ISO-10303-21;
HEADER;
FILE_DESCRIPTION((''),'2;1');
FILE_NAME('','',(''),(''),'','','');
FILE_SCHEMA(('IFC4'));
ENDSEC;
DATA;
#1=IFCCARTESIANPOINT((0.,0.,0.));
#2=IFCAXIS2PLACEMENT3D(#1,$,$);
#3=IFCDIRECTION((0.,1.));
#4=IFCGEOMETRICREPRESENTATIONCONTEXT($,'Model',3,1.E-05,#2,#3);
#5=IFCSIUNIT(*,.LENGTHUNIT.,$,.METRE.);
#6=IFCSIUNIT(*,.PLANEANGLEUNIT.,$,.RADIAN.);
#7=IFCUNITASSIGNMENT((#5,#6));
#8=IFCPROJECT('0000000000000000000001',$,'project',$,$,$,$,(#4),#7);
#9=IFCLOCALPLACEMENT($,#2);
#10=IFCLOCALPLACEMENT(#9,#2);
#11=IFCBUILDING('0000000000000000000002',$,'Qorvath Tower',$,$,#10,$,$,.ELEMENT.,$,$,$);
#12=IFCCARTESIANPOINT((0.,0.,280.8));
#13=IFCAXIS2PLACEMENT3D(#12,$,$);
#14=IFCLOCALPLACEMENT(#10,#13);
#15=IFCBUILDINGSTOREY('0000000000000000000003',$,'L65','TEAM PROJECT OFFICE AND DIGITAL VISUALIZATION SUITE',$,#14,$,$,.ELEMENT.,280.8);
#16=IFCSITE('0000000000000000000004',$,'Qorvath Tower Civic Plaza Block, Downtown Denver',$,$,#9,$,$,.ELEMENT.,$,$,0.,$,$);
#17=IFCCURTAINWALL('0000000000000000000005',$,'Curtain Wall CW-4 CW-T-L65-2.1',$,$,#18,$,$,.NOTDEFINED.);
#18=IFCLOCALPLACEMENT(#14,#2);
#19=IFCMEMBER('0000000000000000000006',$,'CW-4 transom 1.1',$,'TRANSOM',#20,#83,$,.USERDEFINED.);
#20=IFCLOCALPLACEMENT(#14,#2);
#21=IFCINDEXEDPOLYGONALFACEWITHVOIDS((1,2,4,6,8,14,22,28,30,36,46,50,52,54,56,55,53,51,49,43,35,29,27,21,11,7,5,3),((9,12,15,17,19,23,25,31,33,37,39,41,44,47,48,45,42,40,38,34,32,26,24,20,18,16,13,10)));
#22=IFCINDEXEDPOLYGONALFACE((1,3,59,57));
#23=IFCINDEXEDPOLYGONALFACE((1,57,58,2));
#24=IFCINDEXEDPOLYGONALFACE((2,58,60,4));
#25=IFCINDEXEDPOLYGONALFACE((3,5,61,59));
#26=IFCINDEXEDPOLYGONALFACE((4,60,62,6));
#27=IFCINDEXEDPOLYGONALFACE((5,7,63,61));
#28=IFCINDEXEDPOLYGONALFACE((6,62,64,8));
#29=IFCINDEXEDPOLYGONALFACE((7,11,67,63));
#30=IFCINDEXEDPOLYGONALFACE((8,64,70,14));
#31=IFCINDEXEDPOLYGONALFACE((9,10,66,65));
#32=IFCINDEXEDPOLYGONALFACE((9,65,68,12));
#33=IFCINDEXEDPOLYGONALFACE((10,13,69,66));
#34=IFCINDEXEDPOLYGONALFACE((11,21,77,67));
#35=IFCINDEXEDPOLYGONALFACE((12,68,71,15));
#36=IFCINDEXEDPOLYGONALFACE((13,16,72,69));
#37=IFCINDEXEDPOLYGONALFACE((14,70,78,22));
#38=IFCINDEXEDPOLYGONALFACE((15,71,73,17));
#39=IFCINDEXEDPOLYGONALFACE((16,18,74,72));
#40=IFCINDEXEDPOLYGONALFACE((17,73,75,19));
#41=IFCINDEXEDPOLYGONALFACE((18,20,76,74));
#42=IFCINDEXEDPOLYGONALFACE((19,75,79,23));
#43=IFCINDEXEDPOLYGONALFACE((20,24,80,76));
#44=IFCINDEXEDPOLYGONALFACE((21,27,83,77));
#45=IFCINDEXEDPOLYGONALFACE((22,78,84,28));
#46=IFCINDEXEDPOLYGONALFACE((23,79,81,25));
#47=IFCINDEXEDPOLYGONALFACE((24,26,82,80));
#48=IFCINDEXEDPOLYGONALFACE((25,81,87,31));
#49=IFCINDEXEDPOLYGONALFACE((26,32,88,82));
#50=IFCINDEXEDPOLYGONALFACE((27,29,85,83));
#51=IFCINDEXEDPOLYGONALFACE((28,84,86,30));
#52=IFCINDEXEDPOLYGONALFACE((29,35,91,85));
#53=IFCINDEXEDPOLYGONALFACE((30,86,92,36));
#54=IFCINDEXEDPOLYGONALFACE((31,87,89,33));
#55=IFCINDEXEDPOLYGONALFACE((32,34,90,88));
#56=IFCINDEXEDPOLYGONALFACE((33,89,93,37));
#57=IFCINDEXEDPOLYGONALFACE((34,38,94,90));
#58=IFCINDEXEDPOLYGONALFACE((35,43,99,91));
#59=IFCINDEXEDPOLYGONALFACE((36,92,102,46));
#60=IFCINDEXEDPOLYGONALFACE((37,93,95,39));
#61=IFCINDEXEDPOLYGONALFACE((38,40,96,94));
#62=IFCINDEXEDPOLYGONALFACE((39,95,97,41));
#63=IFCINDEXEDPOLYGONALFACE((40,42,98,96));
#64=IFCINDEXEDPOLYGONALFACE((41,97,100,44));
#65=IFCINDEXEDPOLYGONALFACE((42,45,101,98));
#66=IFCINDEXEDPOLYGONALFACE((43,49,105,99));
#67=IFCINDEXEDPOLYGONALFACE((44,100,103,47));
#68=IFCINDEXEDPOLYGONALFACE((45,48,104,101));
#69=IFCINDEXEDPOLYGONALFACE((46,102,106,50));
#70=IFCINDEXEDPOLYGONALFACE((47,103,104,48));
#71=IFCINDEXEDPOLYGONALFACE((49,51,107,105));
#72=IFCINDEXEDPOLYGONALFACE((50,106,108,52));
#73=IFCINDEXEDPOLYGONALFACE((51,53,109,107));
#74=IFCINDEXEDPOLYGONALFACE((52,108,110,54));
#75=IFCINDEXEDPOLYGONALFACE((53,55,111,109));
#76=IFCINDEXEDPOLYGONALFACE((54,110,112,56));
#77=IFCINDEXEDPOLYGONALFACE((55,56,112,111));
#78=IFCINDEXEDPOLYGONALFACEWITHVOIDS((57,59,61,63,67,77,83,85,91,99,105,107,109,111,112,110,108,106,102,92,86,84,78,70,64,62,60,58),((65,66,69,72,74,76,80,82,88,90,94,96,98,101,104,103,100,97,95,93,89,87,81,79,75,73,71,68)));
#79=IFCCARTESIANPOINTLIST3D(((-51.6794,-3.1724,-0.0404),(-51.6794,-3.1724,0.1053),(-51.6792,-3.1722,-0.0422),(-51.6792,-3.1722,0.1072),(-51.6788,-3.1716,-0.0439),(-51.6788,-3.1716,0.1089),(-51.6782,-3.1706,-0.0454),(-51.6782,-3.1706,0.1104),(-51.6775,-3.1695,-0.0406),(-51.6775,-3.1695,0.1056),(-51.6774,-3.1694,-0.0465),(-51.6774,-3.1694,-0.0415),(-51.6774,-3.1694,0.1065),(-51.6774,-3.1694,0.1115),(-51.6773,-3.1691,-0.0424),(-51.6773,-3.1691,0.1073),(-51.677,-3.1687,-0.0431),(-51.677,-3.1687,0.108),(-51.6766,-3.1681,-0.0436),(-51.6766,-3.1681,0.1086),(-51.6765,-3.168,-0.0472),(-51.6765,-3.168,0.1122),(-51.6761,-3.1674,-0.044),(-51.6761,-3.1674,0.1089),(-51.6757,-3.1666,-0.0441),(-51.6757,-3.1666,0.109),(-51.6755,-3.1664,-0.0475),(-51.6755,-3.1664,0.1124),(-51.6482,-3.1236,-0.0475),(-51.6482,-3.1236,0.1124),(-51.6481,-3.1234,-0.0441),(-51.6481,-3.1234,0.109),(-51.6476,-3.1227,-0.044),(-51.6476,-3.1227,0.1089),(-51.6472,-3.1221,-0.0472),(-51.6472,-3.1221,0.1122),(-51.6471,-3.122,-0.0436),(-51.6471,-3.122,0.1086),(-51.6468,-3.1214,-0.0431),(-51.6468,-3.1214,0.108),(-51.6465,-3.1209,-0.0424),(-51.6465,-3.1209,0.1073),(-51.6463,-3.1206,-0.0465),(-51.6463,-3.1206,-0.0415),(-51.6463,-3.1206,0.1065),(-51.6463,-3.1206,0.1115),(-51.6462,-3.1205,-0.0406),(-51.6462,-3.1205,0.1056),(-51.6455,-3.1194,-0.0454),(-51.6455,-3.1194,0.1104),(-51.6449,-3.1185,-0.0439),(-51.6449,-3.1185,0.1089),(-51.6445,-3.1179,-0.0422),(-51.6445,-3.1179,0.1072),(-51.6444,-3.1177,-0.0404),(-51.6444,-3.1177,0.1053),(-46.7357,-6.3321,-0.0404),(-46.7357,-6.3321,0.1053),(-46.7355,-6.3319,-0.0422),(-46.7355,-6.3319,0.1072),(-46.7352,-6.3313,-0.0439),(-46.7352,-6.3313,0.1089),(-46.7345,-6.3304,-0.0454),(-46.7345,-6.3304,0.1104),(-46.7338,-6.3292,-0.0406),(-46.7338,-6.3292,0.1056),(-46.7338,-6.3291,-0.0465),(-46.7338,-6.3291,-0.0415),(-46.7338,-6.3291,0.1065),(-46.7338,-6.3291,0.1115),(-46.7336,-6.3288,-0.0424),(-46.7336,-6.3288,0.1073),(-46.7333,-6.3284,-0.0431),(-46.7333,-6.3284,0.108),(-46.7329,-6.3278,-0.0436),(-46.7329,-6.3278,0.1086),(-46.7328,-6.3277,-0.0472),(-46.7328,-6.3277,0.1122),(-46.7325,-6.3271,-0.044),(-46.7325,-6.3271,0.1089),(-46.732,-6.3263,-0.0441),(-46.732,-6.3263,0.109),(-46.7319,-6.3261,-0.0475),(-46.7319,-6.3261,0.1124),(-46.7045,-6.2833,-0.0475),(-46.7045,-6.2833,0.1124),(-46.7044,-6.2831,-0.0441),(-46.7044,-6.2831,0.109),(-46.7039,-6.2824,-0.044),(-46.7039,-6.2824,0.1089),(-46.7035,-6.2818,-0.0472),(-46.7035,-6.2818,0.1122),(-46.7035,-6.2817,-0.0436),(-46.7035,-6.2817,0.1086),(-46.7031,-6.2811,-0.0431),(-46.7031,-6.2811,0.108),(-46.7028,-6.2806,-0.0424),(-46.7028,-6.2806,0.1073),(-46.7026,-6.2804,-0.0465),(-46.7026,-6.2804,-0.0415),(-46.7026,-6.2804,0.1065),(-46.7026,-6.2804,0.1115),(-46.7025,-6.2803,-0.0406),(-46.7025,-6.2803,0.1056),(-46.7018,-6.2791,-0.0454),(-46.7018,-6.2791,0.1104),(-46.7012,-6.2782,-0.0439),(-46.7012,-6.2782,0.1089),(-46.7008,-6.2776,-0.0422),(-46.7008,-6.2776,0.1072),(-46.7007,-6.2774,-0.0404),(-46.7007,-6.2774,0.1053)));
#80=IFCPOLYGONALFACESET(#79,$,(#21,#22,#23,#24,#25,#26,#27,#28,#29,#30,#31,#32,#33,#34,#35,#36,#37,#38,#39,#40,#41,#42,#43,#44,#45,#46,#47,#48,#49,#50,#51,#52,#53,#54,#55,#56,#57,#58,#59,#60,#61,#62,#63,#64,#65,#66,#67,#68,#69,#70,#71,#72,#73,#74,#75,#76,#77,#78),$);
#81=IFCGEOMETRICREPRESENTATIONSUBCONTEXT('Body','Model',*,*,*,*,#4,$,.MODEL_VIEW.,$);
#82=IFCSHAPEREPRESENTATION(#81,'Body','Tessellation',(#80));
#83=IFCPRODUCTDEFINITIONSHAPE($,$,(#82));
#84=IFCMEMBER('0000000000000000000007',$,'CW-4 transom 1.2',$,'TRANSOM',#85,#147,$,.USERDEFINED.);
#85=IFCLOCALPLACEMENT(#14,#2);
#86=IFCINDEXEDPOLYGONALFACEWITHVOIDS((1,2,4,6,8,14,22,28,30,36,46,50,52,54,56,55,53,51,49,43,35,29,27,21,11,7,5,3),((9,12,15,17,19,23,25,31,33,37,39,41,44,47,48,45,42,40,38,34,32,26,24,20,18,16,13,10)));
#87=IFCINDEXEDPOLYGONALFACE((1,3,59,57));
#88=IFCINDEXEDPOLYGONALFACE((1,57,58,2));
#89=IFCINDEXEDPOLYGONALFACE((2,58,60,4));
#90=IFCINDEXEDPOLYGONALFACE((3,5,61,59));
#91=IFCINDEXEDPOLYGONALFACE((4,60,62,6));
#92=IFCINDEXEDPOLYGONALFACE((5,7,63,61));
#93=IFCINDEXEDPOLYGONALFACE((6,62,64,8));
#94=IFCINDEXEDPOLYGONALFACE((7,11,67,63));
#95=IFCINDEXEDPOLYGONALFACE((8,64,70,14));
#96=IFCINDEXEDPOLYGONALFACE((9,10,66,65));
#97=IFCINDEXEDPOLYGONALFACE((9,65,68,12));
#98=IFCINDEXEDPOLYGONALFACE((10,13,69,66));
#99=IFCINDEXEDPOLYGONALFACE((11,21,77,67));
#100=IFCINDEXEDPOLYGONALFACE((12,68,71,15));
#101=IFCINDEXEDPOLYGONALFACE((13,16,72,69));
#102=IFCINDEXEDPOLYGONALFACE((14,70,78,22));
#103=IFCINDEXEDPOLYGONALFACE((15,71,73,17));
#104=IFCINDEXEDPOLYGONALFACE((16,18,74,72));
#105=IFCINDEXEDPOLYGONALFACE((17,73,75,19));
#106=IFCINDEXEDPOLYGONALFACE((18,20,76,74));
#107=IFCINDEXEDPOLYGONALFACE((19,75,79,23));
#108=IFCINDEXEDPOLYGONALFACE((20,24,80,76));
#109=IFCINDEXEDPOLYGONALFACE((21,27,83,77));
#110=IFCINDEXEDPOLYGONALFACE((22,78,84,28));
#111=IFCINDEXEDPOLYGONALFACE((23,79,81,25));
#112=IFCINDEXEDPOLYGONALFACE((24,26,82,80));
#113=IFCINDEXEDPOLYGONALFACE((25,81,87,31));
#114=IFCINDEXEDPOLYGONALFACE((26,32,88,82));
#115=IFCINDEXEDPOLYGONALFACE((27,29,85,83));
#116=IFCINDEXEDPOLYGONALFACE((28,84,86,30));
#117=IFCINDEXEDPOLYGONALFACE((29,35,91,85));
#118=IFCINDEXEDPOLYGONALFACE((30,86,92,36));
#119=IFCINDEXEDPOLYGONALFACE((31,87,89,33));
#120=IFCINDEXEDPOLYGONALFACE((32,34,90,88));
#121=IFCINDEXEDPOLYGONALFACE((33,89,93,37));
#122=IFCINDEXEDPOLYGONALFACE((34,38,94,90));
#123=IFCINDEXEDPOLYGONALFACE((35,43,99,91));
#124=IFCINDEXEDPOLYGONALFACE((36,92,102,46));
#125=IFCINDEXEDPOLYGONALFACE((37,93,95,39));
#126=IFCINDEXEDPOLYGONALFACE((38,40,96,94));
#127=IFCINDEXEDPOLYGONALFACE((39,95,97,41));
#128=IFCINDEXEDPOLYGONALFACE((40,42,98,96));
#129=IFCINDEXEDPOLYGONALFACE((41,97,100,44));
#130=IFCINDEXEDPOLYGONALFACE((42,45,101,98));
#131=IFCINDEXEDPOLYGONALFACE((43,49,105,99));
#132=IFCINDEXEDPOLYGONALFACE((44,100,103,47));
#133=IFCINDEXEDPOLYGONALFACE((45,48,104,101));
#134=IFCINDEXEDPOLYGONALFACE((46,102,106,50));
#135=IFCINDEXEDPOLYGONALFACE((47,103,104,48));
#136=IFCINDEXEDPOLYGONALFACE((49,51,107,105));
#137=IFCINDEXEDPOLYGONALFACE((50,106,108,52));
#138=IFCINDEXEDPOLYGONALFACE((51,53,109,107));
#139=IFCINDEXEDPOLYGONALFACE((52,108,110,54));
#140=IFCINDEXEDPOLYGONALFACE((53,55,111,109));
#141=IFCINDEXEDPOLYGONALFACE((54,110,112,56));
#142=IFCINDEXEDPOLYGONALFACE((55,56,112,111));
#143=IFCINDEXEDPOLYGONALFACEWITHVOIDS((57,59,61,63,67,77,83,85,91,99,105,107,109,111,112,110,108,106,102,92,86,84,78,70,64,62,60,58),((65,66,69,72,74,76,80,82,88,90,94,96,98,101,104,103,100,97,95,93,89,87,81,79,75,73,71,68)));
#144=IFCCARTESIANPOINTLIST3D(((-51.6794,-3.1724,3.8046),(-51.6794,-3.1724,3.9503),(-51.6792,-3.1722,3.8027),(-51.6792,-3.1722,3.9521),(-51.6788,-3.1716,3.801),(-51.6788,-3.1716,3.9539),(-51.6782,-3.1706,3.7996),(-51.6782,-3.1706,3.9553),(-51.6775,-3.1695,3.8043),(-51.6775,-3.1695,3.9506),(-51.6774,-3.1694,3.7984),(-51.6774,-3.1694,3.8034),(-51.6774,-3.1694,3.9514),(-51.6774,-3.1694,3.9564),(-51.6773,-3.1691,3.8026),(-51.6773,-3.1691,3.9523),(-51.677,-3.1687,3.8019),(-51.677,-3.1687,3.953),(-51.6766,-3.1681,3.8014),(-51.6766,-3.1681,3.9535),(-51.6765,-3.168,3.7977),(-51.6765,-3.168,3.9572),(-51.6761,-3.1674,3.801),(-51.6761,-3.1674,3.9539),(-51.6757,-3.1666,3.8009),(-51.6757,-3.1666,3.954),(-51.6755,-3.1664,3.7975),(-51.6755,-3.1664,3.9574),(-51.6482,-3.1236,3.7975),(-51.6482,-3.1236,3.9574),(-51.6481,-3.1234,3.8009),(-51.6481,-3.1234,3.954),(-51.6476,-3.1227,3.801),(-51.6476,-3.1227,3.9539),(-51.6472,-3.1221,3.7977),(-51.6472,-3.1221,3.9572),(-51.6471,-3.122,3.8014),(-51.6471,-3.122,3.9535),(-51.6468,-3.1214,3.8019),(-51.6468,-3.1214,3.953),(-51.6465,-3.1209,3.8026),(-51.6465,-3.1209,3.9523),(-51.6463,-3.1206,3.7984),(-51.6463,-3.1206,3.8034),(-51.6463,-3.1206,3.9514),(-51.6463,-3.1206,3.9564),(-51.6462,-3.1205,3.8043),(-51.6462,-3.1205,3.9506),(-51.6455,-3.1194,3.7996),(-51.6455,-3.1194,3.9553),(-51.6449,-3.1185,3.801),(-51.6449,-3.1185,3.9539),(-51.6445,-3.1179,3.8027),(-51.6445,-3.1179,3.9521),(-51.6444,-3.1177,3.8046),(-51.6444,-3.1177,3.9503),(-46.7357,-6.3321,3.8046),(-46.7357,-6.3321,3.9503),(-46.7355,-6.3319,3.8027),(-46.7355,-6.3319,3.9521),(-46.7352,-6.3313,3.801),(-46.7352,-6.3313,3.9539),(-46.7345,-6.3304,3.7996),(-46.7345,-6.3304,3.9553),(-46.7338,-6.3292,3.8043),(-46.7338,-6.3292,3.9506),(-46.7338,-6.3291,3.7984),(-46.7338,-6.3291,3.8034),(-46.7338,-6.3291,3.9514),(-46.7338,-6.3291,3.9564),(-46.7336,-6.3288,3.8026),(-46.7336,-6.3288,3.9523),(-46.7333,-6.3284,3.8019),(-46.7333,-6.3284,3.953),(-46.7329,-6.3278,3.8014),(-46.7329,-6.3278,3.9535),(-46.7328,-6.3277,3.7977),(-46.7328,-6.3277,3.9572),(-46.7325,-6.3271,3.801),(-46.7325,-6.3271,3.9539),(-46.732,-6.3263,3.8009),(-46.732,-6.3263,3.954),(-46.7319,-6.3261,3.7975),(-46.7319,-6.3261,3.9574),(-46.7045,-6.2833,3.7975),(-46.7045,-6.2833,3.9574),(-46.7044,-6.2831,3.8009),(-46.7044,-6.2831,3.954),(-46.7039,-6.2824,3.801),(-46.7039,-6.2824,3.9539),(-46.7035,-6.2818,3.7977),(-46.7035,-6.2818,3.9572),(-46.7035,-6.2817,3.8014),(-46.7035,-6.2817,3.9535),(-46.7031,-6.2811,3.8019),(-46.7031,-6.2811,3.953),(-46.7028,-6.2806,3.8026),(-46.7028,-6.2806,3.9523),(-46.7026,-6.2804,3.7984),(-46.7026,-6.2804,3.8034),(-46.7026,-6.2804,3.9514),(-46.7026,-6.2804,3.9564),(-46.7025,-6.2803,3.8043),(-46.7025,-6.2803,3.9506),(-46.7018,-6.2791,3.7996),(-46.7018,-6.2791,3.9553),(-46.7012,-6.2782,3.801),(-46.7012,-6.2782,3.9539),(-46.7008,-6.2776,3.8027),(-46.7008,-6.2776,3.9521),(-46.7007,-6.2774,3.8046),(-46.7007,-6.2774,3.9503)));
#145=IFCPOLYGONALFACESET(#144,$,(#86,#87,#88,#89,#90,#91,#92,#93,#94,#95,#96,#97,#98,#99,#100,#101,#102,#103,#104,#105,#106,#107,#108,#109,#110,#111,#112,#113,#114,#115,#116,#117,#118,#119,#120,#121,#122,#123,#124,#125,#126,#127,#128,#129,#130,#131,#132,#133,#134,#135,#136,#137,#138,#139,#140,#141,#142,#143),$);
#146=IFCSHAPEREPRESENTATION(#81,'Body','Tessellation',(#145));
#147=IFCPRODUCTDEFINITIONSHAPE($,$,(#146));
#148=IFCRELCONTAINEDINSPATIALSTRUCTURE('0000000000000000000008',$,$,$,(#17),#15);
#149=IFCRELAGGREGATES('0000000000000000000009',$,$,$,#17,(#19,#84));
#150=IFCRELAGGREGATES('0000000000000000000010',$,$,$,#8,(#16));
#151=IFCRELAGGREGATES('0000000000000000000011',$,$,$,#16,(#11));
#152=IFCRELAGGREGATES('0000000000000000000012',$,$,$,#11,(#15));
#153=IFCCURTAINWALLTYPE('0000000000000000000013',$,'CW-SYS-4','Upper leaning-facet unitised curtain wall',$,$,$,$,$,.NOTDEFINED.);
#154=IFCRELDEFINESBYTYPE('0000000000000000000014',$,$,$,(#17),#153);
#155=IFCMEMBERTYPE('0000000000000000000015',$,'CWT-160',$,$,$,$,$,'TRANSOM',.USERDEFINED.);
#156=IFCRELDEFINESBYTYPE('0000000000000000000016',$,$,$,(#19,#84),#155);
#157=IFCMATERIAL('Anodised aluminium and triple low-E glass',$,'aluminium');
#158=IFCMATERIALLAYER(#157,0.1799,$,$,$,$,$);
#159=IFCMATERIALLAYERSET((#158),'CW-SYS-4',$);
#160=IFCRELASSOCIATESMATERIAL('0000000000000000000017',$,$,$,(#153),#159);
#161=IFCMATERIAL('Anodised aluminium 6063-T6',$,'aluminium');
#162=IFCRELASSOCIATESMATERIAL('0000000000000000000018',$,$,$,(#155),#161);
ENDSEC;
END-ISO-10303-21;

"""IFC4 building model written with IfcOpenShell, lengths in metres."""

from ifc_helpers import new_model, si_unit, direction, frame, origin, origin_2d, place, context, subcontext, project, spatial, hollow_rectangle, extrude, material, layer, layer_set, material_profile, profile_set, type_object, element, aggregate, save


model = new_model("IFC4")

# Units and contexts
model_context = context("Model", 3, precision=1e-05, world=origin(), true_north=direction((0.0, 1.0)))
body_context = subcontext(model_context, "Body", "Model", "MODEL_VIEW")
ifc_project = project(units=[si_unit("LENGTHUNIT", "METRE"), si_unit("PLANEANGLEUNIT", "RADIAN")], contexts=[model_context])

# Site, building, storey
site_placement = place(None, origin())
site = spatial("IfcSite", under=ifc_project, at=site_placement, Name="Qorvath Tower Civic Plaza Block, Downtown Denver", CompositionType="ELEMENT", RefElevation=0.0)
building_placement = place(site_placement, origin())
building = spatial("IfcBuilding", under=site, at=building_placement, Name="Qorvath Tower", CompositionType="ELEMENT")
storey_placement = place(building_placement, frame((0.0, 0.0, 280.8)))
storey = spatial("IfcBuildingStorey", under=building, at=storey_placement, Name="L65", Description="TEAM PROJECT OFFICE AND DIGITAL VISUALIZATION SUITE", CompositionType="ELEMENT", Elevation=280.8)

# Curtain wall, members
ifc_material_1 = material(Name="Anodised aluminium and triple low-E glass", Category="aluminium")
ifc_layer_1 = layer(ifc_material_1, 0.1799)
ifc_layer_set_1 = layer_set([ifc_layer_1], Name="CW-SYS-4")
curtain_wall_type = type_object("IfcCurtainWallType", Name="CW-SYS-4", Description="Upper leaning-facet unitised curtain wall", PredefinedType="NOTDEFINED", material=ifc_layer_set_1)
curtain_wall_placement = place(storey_placement, origin())
curtain_wall = element("IfcCurtainWall", 1, at=curtain_wall_placement, inside=storey, type_object=curtain_wall_type, Name="Curtain Wall CW-4 CW-T-L65-2.1", PredefinedType="NOTDEFINED")
ifc_material_2 = material(Name="Anodised aluminium 6063-T6", Category="aluminium")
ifc_material_profile_1 = material_profile(ifc_material_2, hollow_rectangle(XDim=0.0649, YDim=0.1599, WallThickness=0.0034, InnerFilletRadius=0.0034, OuterFilletRadius=0.0071, at=origin_2d()), Name="CWT 160x65")
ifc_profile_set_1 = profile_set([ifc_material_profile_1], Name="Anodised aluminium 6063-T6")
member_type_1 = type_object("IfcMemberType", Name="CWT-160", ElementType="TRANSOM", PredefinedType="USERDEFINED", material=ifc_profile_set_1)
member_1_placement = place(storey_placement, frame((-51.6619, -3.145, 0.0325), z_axis=(0.842599, -0.538541, 0.0), x_axis=(0.538541, 0.842599, 0.0)))
member_1 = element("IfcMember", 2, at=member_1_placement, type_object=member_type_1, Name="CW-4 transom 1.1", ObjectType="TRANSOM", PredefinedType="USERDEFINED", context=body_context, shape_type="SweptSolid", body=[
    extrude(hollow_rectangle(XDim=0.0649, YDim=0.1599, WallThickness=0.0034, InnerFilletRadius=0.0034, OuterFilletRadius=0.0071, at=origin_2d()), origin(), (0.0, 0.0, 1.0), 5.8672),
])
member_2_placement = place(storey_placement, frame((-51.6619, -3.145, 3.8774), z_axis=(0.842599, -0.538541, 0.0), x_axis=(0.538541, 0.842599, 0.0)))
member_2 = element("IfcMember", 3, at=member_2_placement, type_object=member_type_1, Name="CW-4 transom 1.2", ObjectType="TRANSOM", PredefinedType="USERDEFINED", context=body_context, shape_type="SweptSolid", body=[
    extrude(hollow_rectangle(XDim=0.0649, YDim=0.1599, WallThickness=0.0034, InnerFilletRadius=0.0034, OuterFilletRadius=0.0071, at=origin_2d()), origin(), (0.0, 0.0, 1.0), 5.8672),
])
aggregate(curtain_wall, [member_1, member_2])

save(model, "model.ifc")
